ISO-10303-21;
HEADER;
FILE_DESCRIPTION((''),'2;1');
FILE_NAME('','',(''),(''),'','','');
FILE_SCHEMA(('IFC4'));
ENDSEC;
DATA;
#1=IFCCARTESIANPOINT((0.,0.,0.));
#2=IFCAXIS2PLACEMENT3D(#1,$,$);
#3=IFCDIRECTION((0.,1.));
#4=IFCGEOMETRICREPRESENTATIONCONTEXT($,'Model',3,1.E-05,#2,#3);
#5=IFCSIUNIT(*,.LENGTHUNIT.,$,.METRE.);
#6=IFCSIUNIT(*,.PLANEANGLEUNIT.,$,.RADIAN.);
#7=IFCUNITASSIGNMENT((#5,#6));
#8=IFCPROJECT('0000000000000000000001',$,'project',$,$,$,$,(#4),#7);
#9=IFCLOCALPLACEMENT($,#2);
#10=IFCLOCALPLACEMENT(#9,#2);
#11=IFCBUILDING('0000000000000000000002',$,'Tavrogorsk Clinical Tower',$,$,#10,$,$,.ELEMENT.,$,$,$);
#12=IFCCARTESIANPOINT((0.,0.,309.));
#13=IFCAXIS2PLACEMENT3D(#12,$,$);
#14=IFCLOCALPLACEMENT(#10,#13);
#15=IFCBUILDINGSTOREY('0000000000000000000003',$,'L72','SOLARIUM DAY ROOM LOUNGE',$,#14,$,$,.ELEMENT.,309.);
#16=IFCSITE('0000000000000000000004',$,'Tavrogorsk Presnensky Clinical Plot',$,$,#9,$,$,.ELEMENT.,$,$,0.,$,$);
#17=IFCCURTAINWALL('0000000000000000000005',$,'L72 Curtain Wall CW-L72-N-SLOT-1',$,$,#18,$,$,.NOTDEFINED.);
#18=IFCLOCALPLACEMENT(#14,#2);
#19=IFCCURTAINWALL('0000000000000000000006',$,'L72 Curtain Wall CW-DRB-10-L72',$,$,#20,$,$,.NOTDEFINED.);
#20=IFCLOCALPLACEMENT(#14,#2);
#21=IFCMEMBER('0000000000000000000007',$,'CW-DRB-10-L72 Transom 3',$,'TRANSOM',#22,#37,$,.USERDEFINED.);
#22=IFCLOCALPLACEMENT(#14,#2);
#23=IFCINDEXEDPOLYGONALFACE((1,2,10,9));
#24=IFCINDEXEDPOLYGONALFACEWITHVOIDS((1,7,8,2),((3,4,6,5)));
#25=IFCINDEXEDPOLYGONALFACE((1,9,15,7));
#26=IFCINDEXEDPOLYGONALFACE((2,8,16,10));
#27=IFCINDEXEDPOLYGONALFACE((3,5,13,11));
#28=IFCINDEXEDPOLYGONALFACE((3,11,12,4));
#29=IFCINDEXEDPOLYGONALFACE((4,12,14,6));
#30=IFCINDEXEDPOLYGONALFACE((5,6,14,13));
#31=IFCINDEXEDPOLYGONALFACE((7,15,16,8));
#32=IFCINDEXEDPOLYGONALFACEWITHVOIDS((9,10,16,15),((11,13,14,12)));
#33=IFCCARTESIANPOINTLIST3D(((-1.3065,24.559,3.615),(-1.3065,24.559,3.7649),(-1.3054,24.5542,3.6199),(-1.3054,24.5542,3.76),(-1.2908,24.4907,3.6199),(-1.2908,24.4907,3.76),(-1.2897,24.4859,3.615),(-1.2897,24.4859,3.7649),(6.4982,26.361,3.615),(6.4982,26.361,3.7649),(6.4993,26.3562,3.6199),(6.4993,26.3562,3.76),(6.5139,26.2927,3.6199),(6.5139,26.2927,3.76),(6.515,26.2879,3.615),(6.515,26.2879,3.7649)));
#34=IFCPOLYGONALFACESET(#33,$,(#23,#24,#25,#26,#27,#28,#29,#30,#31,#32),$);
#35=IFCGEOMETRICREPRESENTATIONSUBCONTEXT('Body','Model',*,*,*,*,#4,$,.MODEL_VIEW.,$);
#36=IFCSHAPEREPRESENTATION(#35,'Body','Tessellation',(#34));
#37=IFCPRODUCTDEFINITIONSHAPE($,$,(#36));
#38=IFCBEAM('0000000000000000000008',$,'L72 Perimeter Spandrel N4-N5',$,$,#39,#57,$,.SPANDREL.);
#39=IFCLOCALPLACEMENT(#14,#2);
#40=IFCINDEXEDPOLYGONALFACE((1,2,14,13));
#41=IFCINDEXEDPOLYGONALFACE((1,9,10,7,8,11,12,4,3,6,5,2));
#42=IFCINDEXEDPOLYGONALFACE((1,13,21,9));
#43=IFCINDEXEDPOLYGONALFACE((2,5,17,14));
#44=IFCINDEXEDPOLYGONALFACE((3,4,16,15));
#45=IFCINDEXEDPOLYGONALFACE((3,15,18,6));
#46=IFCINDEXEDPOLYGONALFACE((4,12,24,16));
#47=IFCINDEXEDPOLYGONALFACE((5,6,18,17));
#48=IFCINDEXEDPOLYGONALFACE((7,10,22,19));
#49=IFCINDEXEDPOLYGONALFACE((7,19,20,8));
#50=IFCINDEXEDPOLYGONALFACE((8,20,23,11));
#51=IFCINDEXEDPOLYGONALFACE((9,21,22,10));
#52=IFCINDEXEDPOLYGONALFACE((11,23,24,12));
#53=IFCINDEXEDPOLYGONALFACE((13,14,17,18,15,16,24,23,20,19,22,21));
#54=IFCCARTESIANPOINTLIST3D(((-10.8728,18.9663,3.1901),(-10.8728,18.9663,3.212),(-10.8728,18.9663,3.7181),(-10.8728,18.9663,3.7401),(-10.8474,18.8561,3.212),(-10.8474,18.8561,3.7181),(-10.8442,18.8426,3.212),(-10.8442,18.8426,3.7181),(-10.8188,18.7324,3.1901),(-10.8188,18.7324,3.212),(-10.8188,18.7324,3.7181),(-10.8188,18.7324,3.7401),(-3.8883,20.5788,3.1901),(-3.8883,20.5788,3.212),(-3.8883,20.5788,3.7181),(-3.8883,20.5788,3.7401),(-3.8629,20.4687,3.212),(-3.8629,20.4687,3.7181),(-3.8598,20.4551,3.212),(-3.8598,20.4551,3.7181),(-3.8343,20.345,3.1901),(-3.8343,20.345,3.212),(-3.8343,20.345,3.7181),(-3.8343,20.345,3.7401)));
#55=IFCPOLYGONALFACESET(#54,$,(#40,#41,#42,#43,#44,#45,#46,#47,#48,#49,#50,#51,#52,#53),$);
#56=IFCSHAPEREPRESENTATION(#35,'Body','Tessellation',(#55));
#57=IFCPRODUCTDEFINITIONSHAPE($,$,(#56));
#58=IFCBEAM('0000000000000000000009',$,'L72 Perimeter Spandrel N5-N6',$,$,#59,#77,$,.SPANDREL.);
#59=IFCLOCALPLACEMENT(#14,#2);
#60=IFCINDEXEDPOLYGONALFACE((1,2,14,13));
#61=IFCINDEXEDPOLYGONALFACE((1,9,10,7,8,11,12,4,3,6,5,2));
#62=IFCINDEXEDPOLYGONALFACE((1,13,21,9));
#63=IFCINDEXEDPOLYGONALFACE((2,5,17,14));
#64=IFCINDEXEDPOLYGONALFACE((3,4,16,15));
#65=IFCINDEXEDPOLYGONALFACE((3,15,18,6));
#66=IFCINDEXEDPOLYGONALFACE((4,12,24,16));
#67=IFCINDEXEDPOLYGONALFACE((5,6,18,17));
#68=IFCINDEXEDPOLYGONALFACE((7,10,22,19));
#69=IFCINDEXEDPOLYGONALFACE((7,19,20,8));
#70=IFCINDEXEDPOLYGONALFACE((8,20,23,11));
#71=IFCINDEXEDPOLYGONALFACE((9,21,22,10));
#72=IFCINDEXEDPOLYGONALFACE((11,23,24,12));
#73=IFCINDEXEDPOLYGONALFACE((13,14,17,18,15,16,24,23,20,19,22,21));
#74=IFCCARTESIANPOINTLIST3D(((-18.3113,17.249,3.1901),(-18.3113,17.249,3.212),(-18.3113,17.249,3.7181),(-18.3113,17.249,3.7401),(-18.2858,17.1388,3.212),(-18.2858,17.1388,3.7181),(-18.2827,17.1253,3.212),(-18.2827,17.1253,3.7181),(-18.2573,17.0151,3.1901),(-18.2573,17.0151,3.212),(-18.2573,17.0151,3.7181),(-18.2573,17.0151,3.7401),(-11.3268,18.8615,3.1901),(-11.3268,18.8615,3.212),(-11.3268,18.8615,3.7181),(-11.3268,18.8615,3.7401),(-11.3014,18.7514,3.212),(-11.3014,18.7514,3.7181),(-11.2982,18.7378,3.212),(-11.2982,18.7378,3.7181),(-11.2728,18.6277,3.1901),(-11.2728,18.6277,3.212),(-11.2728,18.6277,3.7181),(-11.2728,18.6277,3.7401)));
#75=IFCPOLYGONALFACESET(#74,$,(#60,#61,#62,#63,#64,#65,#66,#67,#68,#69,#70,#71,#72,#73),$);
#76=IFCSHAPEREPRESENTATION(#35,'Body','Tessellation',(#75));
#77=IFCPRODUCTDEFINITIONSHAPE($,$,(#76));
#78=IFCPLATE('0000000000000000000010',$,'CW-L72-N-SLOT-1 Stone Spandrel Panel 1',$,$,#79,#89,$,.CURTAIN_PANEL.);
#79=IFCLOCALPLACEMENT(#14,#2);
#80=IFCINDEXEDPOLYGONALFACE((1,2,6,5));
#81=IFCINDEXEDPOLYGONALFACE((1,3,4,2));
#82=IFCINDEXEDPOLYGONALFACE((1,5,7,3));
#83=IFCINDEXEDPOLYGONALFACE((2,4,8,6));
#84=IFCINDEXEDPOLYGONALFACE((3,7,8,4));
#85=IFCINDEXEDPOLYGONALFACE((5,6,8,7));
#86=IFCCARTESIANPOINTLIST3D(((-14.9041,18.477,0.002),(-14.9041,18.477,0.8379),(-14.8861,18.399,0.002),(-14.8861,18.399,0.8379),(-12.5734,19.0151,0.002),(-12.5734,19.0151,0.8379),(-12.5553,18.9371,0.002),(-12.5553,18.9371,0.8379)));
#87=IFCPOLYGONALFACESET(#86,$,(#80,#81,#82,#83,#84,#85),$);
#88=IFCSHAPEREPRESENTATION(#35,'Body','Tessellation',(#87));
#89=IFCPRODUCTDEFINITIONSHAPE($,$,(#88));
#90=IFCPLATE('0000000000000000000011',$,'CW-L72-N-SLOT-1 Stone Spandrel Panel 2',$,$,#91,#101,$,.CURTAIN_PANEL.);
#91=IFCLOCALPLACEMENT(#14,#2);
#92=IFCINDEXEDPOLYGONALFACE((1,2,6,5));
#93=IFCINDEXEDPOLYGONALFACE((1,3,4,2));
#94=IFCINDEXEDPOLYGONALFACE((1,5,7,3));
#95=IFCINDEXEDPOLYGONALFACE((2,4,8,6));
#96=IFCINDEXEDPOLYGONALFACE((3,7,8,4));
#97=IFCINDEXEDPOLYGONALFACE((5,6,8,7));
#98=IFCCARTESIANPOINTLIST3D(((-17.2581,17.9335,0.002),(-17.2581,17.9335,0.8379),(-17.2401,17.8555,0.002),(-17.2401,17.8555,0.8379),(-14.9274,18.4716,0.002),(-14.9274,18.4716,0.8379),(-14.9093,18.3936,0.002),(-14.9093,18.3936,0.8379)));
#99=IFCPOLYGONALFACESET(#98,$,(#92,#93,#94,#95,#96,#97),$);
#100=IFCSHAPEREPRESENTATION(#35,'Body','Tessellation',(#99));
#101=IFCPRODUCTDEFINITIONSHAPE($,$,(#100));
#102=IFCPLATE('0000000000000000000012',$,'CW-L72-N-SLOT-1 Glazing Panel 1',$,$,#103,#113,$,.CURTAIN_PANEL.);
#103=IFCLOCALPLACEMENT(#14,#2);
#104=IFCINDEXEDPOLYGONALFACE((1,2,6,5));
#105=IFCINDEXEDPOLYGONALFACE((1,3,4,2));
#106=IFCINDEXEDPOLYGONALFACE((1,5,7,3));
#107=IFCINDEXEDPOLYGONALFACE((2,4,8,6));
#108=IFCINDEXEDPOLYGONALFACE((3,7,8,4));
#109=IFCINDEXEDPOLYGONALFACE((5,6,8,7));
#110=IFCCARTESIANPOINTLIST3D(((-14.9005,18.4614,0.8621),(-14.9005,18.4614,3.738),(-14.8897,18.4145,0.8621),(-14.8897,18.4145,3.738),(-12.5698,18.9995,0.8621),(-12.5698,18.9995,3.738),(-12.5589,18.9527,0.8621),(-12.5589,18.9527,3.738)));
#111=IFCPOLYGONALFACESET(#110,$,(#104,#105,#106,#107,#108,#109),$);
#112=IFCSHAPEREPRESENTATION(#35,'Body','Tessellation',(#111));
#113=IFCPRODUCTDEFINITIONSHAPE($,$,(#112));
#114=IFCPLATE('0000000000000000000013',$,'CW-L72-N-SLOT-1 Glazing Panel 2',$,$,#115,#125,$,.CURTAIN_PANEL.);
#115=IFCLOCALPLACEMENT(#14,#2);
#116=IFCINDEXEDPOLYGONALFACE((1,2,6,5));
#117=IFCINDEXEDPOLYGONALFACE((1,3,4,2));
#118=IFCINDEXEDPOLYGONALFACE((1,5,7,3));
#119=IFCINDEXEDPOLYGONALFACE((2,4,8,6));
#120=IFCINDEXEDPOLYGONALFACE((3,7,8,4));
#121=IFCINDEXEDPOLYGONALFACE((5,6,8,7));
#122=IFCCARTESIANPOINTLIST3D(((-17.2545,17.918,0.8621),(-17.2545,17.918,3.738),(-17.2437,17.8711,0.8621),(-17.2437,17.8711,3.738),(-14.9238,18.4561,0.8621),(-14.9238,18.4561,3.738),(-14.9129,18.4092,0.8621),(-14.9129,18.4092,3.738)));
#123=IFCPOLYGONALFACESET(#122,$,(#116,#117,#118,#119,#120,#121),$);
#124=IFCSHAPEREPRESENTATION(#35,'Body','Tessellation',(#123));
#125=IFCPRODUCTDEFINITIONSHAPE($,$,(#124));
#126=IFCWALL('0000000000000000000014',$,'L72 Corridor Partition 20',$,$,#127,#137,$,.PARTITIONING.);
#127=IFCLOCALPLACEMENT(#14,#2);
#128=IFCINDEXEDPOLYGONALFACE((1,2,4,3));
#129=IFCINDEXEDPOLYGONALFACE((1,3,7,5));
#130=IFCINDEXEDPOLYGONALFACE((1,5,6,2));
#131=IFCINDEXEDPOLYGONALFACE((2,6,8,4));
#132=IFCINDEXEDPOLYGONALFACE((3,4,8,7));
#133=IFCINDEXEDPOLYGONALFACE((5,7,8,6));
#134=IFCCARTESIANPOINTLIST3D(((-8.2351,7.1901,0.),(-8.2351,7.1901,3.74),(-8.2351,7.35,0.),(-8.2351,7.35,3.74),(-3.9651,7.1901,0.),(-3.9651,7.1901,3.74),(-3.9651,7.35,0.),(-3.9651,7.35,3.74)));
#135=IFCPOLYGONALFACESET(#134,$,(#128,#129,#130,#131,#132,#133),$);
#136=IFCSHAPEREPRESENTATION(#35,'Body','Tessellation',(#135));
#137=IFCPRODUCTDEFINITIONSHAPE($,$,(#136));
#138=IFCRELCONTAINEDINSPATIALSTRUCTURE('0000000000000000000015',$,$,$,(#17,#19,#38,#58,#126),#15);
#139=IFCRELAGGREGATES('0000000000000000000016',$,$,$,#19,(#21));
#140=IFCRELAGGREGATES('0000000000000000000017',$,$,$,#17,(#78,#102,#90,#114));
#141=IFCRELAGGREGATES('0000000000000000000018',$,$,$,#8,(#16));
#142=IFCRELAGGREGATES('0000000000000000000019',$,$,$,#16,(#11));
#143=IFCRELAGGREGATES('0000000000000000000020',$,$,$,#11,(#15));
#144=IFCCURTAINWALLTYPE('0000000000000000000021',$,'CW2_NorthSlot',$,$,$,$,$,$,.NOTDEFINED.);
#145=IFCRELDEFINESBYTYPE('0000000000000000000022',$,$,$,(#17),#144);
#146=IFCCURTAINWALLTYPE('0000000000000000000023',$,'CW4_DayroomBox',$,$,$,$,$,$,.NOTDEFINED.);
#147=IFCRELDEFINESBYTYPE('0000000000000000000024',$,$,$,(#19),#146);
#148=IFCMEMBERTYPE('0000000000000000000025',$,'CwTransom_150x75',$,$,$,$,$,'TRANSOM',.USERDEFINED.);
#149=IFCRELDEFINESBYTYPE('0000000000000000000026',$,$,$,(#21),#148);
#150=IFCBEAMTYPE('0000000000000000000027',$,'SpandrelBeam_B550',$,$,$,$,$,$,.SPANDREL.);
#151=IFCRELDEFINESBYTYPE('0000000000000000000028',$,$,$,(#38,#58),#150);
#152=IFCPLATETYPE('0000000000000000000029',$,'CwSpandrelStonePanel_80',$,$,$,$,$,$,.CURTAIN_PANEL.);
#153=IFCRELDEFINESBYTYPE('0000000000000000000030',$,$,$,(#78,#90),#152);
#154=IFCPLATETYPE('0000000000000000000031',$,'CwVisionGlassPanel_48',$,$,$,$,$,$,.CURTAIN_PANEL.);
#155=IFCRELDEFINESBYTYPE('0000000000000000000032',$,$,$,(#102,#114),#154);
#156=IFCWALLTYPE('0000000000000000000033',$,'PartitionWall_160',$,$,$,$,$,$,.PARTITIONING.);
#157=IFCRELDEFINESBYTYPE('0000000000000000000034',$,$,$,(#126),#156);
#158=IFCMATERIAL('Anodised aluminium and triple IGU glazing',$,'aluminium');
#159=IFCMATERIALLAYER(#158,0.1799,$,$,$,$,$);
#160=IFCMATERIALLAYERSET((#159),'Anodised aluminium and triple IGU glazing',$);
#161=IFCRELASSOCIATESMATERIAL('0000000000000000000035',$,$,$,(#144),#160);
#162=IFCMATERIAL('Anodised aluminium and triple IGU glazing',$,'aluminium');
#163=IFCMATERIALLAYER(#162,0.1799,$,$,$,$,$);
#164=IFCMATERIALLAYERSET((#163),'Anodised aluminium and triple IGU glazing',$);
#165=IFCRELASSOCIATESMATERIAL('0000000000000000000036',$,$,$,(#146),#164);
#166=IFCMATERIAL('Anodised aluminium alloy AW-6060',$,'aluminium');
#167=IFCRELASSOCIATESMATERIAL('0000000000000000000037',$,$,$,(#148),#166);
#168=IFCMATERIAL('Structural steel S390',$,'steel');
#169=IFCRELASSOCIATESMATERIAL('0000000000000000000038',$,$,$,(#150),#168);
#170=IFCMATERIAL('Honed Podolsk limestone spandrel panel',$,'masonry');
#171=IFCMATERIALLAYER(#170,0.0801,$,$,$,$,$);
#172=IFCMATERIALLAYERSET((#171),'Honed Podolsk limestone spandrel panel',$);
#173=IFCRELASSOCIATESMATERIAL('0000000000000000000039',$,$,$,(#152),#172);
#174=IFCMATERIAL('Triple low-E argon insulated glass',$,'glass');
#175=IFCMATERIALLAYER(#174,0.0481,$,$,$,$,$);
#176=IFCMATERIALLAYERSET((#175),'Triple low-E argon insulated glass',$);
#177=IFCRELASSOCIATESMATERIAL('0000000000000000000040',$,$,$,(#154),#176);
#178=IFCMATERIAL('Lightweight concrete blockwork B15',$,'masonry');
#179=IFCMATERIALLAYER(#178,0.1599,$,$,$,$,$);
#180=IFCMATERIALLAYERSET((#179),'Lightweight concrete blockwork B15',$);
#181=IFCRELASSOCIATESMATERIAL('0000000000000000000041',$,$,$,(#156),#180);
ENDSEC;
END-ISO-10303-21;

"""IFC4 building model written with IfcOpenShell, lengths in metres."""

from ifc_helpers import new_model, si_unit, direction, frame, frame_2d, origin, origin_2d, place, context, subcontext, project, spatial, rectangle, hollow_rectangle, i_section, extrude, material, layer, layer_set, material_profile, profile_set, type_object, element, aggregate, save


model = new_model("IFC4")

# Units and contexts
model_context = context("Model", 3, precision=1e-05, world=origin(), true_north=direction((0.0, 1.0)))
body_context = subcontext(model_context, "Body", "Model", "MODEL_VIEW")
ifc_project = project(units=[si_unit("LENGTHUNIT", "METRE"), si_unit("PLANEANGLEUNIT", "RADIAN")], contexts=[model_context])

# Site, building, storey
site_placement = place(None, origin())
site = spatial("IfcSite", under=ifc_project, at=site_placement, Name="Tavrogorsk Presnensky Clinical Plot", CompositionType="ELEMENT", RefElevation=0.0)
building_placement = place(site_placement, origin())
building = spatial("IfcBuilding", under=site, at=building_placement, Name="Tavrogorsk Clinical Tower", CompositionType="ELEMENT")
storey_placement = place(building_placement, frame((0.0, 0.0, 309.0)))
storey = spatial("IfcBuildingStorey", under=building, at=storey_placement, Name="L72", Description="SOLARIUM DAY ROOM LOUNGE", CompositionType="ELEMENT", Elevation=309.0)

# Curtain wall
ifc_material_1 = material(Name="Anodised aluminium and triple IGU glazing", Category="aluminium")
ifc_layer_1 = layer(ifc_material_1, 0.1799)
ifc_layer_set_1 = layer_set([ifc_layer_1], Name="Anodised aluminium and triple IGU glazing")
curtain_wall_type_1 = type_object("IfcCurtainWallType", Name="CW2_NorthSlot", PredefinedType="NOTDEFINED", material=ifc_layer_set_1)
curtain_wall_1_placement = place(storey_placement, origin())
curtain_wall_1 = element("IfcCurtainWall", 1, at=curtain_wall_1_placement, inside=storey, type_object=curtain_wall_type_1, Name="L72 Curtain Wall CW-L72-N-SLOT-1", PredefinedType="NOTDEFINED")

# Curtain wall
ifc_material_2 = material(Name="Anodised aluminium and triple IGU glazing", Category="aluminium")
ifc_layer_2 = layer(ifc_material_2, 0.1799)
ifc_layer_set_2 = layer_set([ifc_layer_2], Name="Anodised aluminium and triple IGU glazing")
curtain_wall_type_2 = type_object("IfcCurtainWallType", Name="CW4_DayroomBox", PredefinedType="NOTDEFINED", material=ifc_layer_set_2)
curtain_wall_2_placement = place(storey_placement, origin())
curtain_wall_2 = element("IfcCurtainWall", 2, at=curtain_wall_2_placement, inside=storey, type_object=curtain_wall_type_2, Name="L72 Curtain Wall CW-DRB-10-L72", PredefinedType="NOTDEFINED")

# Member
ifc_material_3 = material(Name="Anodised aluminium alloy AW-6060", Category="aluminium")
ifc_material_profile_1 = material_profile(ifc_material_3, hollow_rectangle(XDim=0.075, YDim=0.1499, WallThickness=0.0049, at=origin_2d()), Name="RHS-150x75x5")
ifc_profile_set_1 = profile_set([ifc_material_profile_1], Name="Anodised aluminium alloy AW-6060")
member_type_1 = type_object("IfcMemberType", Name="CwTransom_150x75", ElementType="TRANSOM", PredefinedType="USERDEFINED", material=ifc_profile_set_1)
member_1_placement = place(storey_placement, frame((-1.2981, 24.5225, 3.6899), z_axis=(0.974366, 0.224969, 0.0), x_axis=(-0.224969, 0.974366, 0.0)))
member_1 = element("IfcMember", 3, at=member_1_placement, type_object=member_type_1, Name="CW-DRB-10-L72 Transom 3", ObjectType="TRANSOM", PredefinedType="USERDEFINED", context=body_context, shape_type="SweptSolid", body=[
    extrude(hollow_rectangle(XDim=0.075, YDim=0.1499, WallThickness=0.0049, at=origin_2d()), origin(), (0.0, 0.0, 1.0), 8.01),
])
aggregate(curtain_wall_2, [member_1])

# Beams
ifc_material_4 = material(Name="Structural steel S390", Category="steel")
ifc_material_profile_2 = material_profile(ifc_material_4, i_section(OverallWidth=0.24, OverallDepth=0.55, WebThickness=0.0139, FlangeThickness=0.022, at=origin_2d()), Name="B-550x240x14x22")
ifc_profile_set_2 = profile_set([ifc_material_profile_2], Name="Structural steel S390")
beam_type = type_object("IfcBeamType", Name="SpandrelBeam_B550", PredefinedType="SPANDREL", material=ifc_profile_set_2)
for number, where, z_axis, x_axis, name in (
    (4, (-3.8613, 20.4619, 3.4651), (-0.974368, -0.224961, 0.0), (0.224961, -0.974368, 0.0), "L72 Perimeter Spandrel N4-N5"),
    (5, (-11.2998, 18.7446, 3.4651), (-0.974368, -0.224961, 0.0), (0.224961, -0.974368, 0.0), "L72 Perimeter Spandrel N5-N6"),
):
    element("IfcBeam", number, at=place(storey_placement, frame(where, z_axis=z_axis, x_axis=x_axis)), inside=storey, type_object=beam_type, Name=name, PredefinedType="SPANDREL", context=body_context, shape_type="SweptSolid", body=[
        extrude(i_section(OverallWidth=0.24, OverallDepth=0.55, WebThickness=0.0139, FlangeThickness=0.022, at=origin_2d()), origin(), (0.0, 0.0, 1.0), 7.1682),
    ])

# Plates
ifc_material_5 = material(Name="Honed Podolsk limestone spandrel panel", Category="masonry")
ifc_layer_3 = layer(ifc_material_5, 0.0801)
ifc_layer_set_3 = layer_set([ifc_layer_3], Name="Honed Podolsk limestone spandrel panel")
plate_type_1 = type_object("IfcPlateType", Name="CwSpandrelStonePanel_80", PredefinedType="CURTAIN_PANEL", material=ifc_layer_set_3)
plate_1_placement = place(storey_placement, frame((-13.7297, 18.707, 0.002), z_axis=(0.0, 0.0, 1.0), x_axis=(-0.97437, -0.224951, 0.0)))
plate_1 = element("IfcPlate", 6, at=plate_1_placement, type_object=plate_type_1, Name="CW-L72-N-SLOT-1 Stone Spandrel Panel 1", PredefinedType="CURTAIN_PANEL", context=body_context, shape_type="SweptSolid", body=[
    extrude(rectangle(XDim=2.3921, YDim=0.0801, at=origin_2d()), origin(), (0.0, 0.0, 1.0), 0.8359),
])
plate_2_placement = place(storey_placement, frame((-16.0837, 18.1636, 0.002), z_axis=(0.0, 0.0, 1.0), x_axis=(-0.97437, -0.224951, 0.0)))
plate_2 = element("IfcPlate", 7, at=plate_2_placement, type_object=plate_type_1, Name="CW-L72-N-SLOT-1 Stone Spandrel Panel 2", PredefinedType="CURTAIN_PANEL", context=body_context, shape_type="SweptSolid", body=[
    extrude(rectangle(XDim=2.3921, YDim=0.0801, at=origin_2d()), origin(), (0.0, 0.0, 1.0), 0.8359),
])
ifc_material_6 = material(Name="Triple low-E argon insulated glass", Category="glass")
ifc_layer_4 = layer(ifc_material_6, 0.0481)
ifc_layer_set_4 = layer_set([ifc_layer_4], Name="Triple low-E argon insulated glass")
plate_type_2 = type_object("IfcPlateType", Name="CwVisionGlassPanel_48", PredefinedType="CURTAIN_PANEL", material=ifc_layer_set_4)
plate_3_placement = place(storey_placement, frame((-13.7297, 18.707, 0.8621), z_axis=(0.0, 0.0, 1.0), x_axis=(-0.97437, -0.224951, 0.0)))
plate_3 = element("IfcPlate", 8, at=plate_3_placement, type_object=plate_type_2, Name="CW-L72-N-SLOT-1 Glazing Panel 1", PredefinedType="CURTAIN_PANEL", context=body_context, shape_type="SweptSolid", body=[
    extrude(rectangle(XDim=2.3921, YDim=0.0481, at=origin_2d()), origin(), (0.0, 0.0, 1.0), 2.876),
])
plate_4_placement = place(storey_placement, frame((-16.0837, 18.1636, 0.8621), z_axis=(0.0, 0.0, 1.0), x_axis=(-0.97437, -0.224951, 0.0)))
plate_4 = element("IfcPlate", 9, at=plate_4_placement, type_object=plate_type_2, Name="CW-L72-N-SLOT-1 Glazing Panel 2", PredefinedType="CURTAIN_PANEL", context=body_context, shape_type="SweptSolid", body=[
    extrude(rectangle(XDim=2.3921, YDim=0.0481, at=origin_2d()), origin(), (0.0, 0.0, 1.0), 2.876),
])
aggregate(curtain_wall_1, [plate_1, plate_3, plate_2, plate_4])

# Wall
ifc_material_7 = material(Name="Lightweight concrete blockwork B15", Category="masonry")
ifc_layer_5 = layer(ifc_material_7, 0.1599)
ifc_layer_set_5 = layer_set([ifc_layer_5], Name="Lightweight concrete blockwork B15")
wall_type = type_object("IfcWallType", Name="PartitionWall_160", PredefinedType="PARTITIONING", material=ifc_layer_set_5)
wall_1_placement = place(storey_placement, frame((-3.9651, 7.27, 0.0), z_axis=(0.0, 0.0, 1.0), x_axis=(-1.0, 0.0, 0.0)))
element("IfcWall", 10, at=wall_1_placement, inside=storey, type_object=wall_type, Name="L72 Corridor Partition 20", PredefinedType="PARTITIONING", context=body_context, shape_type="SweptSolid", body=[
    extrude(rectangle(XDim=4.27, YDim=0.1599, at=frame_2d((2.135, 0.0))), origin(), (0.0, 0.0, 1.0), 3.74),
])

save(model, "model.ifc")
